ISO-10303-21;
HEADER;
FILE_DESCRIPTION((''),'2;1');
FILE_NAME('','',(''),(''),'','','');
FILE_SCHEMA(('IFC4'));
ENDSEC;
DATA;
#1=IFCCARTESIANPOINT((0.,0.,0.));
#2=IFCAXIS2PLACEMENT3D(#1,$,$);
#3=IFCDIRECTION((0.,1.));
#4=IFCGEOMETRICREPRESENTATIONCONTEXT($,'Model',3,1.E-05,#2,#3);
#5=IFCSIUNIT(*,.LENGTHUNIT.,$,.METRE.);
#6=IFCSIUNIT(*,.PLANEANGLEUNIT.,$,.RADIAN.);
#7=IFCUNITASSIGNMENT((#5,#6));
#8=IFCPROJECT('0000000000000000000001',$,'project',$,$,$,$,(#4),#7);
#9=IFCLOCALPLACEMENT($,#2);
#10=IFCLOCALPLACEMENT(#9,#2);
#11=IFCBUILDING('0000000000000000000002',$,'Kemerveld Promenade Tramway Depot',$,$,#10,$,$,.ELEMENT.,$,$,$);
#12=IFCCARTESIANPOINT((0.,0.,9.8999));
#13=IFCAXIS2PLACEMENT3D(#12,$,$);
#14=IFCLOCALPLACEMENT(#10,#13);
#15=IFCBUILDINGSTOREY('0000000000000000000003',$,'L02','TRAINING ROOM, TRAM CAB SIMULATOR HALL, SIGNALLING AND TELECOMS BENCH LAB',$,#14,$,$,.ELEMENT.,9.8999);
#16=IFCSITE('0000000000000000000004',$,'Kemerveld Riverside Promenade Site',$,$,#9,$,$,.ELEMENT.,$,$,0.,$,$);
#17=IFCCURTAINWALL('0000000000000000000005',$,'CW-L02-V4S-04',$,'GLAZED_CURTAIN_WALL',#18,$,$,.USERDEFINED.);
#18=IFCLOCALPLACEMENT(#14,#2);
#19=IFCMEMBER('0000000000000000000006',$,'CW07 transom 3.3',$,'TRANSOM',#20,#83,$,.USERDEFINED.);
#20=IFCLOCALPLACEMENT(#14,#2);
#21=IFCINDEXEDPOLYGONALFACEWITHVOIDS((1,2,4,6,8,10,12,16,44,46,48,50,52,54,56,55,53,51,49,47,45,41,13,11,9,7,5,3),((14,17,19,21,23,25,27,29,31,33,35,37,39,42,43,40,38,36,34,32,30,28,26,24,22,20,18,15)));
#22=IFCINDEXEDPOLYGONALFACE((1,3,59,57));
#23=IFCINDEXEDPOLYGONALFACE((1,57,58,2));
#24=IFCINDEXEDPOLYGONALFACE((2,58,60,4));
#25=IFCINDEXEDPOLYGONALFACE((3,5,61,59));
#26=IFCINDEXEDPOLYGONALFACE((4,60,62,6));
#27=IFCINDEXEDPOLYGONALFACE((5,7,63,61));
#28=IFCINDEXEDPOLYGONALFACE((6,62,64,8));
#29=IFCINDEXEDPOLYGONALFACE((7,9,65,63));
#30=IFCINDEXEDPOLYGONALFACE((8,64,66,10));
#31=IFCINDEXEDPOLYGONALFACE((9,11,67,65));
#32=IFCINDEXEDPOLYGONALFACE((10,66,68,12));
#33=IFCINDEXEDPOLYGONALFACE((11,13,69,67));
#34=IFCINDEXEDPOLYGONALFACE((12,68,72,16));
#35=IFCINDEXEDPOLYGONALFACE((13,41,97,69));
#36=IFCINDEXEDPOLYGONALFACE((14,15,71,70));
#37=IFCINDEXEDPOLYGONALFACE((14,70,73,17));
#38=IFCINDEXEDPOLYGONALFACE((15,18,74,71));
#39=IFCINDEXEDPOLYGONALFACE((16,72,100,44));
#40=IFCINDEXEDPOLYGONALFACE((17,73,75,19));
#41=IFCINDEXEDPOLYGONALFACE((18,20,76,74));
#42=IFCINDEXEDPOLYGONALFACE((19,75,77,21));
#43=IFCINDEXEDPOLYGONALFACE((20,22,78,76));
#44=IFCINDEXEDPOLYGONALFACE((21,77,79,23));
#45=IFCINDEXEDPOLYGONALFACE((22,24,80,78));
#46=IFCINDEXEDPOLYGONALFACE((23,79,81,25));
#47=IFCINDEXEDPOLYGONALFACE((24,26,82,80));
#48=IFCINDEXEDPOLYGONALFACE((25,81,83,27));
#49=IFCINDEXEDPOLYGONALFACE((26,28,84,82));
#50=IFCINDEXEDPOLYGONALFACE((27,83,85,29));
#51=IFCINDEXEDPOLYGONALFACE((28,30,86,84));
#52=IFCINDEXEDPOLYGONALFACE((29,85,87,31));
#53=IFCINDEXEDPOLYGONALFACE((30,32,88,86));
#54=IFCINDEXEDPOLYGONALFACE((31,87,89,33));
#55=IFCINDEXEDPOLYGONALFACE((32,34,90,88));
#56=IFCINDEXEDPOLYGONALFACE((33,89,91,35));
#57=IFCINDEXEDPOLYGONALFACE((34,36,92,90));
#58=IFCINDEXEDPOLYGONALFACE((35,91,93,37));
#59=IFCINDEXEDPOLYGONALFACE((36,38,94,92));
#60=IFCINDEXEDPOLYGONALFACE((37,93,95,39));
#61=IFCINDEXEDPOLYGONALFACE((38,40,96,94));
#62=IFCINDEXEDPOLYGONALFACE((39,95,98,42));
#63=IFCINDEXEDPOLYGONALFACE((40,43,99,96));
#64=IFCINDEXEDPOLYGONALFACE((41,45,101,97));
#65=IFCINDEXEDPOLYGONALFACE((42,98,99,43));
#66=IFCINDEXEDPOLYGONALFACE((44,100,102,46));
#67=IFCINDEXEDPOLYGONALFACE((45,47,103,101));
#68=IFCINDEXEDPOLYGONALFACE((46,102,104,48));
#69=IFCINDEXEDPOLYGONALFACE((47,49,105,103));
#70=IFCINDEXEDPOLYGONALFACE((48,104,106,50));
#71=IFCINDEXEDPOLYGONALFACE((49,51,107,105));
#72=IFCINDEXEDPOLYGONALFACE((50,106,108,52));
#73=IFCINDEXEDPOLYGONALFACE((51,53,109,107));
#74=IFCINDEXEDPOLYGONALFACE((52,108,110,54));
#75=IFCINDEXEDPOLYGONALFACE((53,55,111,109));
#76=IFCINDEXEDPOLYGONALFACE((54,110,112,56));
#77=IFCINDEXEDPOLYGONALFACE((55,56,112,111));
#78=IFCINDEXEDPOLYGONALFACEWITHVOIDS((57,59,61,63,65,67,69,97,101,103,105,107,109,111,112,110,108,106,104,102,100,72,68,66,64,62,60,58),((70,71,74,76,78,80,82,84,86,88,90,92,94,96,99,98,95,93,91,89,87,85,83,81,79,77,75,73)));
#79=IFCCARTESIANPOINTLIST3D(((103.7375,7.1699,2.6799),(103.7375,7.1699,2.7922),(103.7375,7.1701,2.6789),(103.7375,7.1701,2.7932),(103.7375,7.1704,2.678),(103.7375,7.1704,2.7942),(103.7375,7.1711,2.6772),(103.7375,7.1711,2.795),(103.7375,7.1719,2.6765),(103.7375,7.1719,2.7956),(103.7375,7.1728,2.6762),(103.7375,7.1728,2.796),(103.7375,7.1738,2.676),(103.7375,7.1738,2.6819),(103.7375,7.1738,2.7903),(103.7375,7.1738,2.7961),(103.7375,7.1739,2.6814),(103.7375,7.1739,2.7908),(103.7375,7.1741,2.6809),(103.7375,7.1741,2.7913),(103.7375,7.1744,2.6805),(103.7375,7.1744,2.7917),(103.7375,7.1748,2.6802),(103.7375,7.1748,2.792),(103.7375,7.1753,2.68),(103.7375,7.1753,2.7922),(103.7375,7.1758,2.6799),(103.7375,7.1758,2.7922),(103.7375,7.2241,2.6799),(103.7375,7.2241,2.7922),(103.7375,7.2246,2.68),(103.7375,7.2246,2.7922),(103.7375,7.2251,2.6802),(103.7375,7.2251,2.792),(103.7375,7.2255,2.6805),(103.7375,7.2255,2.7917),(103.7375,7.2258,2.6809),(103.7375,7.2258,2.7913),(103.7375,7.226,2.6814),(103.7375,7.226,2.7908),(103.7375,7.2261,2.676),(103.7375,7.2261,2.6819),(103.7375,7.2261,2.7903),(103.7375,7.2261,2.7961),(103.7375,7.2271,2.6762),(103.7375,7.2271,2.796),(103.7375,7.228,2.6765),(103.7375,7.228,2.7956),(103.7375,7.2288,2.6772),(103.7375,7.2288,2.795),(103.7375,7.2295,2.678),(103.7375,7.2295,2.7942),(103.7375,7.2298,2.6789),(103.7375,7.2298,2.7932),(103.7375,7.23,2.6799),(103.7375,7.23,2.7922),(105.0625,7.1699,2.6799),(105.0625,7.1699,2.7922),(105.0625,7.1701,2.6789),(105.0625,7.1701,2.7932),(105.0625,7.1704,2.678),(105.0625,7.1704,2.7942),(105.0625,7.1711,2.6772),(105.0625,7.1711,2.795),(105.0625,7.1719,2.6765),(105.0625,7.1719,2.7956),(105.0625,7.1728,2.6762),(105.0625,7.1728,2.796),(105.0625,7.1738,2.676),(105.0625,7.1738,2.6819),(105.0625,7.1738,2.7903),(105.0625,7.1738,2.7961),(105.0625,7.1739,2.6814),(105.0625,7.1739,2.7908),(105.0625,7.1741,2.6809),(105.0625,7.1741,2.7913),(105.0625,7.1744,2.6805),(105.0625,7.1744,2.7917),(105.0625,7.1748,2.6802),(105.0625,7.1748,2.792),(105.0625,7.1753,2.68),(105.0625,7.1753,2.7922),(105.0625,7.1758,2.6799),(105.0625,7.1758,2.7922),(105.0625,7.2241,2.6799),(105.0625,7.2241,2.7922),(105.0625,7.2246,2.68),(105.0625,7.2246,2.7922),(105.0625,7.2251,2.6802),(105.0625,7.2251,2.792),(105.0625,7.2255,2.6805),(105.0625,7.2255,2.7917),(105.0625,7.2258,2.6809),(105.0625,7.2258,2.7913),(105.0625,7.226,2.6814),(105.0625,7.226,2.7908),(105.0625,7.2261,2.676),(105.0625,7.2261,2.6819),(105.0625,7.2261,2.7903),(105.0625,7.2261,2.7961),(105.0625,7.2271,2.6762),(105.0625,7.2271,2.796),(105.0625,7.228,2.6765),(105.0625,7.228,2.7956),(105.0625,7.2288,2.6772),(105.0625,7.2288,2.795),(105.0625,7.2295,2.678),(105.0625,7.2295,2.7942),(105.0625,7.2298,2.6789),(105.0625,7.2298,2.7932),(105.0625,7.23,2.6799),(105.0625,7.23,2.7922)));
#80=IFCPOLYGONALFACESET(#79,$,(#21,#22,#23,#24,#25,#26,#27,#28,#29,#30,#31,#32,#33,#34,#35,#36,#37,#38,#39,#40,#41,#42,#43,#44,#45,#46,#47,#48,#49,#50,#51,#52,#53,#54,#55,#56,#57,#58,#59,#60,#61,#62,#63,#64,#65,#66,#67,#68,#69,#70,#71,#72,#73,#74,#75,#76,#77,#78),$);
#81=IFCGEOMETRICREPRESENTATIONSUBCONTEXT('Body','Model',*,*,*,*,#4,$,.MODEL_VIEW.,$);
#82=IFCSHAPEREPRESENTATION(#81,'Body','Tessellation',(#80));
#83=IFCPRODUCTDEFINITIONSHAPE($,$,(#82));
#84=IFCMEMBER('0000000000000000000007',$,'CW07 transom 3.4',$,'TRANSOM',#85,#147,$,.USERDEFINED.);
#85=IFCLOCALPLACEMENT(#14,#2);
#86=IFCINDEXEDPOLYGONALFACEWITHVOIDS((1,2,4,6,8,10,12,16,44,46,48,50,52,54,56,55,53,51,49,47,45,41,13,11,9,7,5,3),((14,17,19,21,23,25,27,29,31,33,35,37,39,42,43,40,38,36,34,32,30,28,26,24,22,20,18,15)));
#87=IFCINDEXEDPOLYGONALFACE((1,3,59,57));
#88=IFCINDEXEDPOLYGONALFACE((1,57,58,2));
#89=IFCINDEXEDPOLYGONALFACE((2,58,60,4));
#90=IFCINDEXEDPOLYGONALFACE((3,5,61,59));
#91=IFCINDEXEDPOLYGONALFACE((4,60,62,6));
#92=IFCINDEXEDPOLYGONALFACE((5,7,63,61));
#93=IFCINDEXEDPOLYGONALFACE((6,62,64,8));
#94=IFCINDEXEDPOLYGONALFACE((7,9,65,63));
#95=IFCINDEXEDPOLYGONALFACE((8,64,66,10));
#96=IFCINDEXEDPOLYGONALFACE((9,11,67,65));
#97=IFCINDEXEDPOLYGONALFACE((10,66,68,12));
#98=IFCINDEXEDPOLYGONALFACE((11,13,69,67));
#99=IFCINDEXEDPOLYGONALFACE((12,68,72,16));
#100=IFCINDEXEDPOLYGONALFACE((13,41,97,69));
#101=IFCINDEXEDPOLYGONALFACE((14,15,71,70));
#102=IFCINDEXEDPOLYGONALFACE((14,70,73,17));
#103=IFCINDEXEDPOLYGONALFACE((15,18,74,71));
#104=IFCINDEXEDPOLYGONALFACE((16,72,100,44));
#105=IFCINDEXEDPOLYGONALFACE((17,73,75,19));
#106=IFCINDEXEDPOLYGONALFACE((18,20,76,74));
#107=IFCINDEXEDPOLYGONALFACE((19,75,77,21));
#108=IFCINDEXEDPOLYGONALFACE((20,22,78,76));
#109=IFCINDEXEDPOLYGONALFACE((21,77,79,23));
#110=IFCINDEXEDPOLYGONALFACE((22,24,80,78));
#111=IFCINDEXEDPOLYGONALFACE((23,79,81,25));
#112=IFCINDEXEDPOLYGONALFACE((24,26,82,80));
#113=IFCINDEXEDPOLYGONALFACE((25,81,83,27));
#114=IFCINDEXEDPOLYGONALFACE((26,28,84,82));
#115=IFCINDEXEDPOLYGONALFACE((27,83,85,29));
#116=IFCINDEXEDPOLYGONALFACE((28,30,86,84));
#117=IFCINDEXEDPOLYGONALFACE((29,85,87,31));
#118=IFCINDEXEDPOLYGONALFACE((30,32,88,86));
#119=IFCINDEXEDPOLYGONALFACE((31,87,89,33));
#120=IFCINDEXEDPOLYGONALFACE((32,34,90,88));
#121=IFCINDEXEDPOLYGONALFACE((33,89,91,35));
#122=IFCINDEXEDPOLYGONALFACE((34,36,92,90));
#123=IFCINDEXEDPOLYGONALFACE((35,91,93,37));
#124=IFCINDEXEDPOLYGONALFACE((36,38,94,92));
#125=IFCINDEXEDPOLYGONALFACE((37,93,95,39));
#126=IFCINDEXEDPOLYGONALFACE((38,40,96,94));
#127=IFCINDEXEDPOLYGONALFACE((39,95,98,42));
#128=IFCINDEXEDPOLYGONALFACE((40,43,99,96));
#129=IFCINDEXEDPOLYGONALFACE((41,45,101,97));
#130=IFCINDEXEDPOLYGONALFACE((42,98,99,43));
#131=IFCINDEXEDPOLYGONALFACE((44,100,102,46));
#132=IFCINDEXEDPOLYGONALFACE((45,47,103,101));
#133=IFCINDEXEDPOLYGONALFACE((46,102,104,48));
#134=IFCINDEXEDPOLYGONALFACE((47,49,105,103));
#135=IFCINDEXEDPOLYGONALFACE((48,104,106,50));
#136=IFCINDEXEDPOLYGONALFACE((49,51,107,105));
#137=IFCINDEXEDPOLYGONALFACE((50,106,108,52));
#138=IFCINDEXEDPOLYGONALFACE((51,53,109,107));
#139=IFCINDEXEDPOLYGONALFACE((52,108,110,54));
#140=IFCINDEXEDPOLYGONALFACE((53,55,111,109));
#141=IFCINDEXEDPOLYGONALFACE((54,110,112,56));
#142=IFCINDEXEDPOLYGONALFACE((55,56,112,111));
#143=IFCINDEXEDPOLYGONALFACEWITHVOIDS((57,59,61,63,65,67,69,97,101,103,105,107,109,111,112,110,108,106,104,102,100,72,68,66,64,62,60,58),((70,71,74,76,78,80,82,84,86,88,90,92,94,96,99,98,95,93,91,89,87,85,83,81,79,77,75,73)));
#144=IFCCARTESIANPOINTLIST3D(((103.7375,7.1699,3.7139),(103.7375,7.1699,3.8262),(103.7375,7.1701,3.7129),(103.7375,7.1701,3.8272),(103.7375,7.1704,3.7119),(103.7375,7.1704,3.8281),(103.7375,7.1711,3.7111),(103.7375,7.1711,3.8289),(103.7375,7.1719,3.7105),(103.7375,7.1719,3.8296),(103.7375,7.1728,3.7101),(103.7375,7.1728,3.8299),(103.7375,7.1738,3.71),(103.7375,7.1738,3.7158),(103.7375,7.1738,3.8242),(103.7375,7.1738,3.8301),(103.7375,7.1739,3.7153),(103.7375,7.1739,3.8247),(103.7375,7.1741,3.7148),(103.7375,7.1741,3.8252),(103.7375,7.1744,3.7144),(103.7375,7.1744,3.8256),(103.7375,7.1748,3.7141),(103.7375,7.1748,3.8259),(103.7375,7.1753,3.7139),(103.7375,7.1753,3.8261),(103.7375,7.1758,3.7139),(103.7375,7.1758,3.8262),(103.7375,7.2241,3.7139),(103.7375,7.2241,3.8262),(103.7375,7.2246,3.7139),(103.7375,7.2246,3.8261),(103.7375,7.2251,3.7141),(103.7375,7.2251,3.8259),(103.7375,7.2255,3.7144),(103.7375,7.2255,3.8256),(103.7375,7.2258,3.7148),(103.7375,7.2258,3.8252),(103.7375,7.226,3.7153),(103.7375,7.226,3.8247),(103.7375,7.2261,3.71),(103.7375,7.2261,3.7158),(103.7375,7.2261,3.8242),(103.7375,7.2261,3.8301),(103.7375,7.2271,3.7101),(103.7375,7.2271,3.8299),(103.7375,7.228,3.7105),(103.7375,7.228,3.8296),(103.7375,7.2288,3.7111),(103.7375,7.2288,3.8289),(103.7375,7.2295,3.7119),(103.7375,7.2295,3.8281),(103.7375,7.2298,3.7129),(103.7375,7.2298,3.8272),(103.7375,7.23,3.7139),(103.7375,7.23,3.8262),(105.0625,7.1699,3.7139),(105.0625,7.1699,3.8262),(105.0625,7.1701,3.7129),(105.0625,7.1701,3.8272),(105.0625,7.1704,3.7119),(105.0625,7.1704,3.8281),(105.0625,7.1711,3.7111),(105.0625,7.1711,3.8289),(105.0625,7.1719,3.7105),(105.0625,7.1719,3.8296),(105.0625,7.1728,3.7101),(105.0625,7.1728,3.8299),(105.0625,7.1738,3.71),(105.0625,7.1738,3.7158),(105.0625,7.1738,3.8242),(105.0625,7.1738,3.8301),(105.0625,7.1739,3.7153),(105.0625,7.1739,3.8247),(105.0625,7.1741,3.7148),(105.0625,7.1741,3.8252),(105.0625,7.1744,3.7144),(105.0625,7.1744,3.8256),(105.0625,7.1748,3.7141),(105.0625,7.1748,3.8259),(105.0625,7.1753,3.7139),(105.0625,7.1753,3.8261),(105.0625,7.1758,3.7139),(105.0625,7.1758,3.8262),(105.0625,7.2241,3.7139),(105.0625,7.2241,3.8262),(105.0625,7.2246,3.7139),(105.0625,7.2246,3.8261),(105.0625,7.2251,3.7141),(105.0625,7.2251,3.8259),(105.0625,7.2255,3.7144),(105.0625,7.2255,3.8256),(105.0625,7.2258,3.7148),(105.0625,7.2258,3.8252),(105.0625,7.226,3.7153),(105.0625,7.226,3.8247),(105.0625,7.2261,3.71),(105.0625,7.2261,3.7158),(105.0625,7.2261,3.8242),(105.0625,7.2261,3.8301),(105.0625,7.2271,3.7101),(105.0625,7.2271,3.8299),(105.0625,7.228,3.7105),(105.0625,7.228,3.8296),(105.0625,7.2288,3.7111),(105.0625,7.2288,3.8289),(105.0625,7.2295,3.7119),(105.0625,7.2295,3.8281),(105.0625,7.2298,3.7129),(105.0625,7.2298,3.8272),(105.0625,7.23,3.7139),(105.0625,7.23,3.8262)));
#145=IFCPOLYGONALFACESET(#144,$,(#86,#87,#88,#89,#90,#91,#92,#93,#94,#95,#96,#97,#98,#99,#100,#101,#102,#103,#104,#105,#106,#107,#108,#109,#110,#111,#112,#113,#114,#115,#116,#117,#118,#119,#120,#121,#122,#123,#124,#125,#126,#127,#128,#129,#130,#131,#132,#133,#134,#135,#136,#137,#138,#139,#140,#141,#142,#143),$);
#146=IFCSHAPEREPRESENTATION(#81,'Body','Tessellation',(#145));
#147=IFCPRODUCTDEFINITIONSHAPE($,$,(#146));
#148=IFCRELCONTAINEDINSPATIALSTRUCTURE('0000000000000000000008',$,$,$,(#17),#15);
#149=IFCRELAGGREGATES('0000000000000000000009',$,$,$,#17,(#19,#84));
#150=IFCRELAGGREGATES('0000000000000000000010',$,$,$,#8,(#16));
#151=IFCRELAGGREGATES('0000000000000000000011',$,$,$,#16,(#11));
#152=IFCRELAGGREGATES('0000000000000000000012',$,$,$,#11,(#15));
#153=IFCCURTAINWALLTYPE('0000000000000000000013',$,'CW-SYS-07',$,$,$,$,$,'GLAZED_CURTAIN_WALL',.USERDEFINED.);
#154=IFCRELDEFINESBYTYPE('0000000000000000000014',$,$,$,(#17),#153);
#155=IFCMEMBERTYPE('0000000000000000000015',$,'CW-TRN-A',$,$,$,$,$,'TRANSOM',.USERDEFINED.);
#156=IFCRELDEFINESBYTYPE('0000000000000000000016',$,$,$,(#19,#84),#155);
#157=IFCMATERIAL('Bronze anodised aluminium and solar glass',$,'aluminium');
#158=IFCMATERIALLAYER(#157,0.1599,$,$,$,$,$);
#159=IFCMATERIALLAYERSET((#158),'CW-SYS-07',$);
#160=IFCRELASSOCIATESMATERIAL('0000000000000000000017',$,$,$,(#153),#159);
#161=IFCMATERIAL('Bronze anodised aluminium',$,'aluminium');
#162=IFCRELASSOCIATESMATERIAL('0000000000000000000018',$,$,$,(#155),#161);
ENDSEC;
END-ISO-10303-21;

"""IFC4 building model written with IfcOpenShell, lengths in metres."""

from ifc_helpers import new_model, si_unit, direction, frame, origin, origin_2d, place, context, subcontext, project, spatial, hollow_rectangle, extrude, material, layer, layer_set, material_profile, profile_set, type_object, element, aggregate, save


model = new_model("IFC4")

# Units and contexts
model_context = context("Model", 3, precision=1e-05, world=origin(), true_north=direction((0.0, 1.0)))
body_context = subcontext(model_context, "Body", "Model", "MODEL_VIEW")
ifc_project = project(units=[si_unit("LENGTHUNIT", "METRE"), si_unit("PLANEANGLEUNIT", "RADIAN")], contexts=[model_context])

# Site, building, storey
site_placement = place(None, origin())
site = spatial("IfcSite", under=ifc_project, at=site_placement, Name="Kemerveld Riverside Promenade Site", CompositionType="ELEMENT", RefElevation=0.0)
building_placement = place(site_placement, origin())
building = spatial("IfcBuilding", under=site, at=building_placement, Name="Kemerveld Promenade Tramway Depot", CompositionType="ELEMENT")
storey_placement = place(building_placement, frame((0.0, 0.0, 9.8999)))
storey = spatial("IfcBuildingStorey", under=building, at=storey_placement, Name="L02", Description="TRAINING ROOM, TRAM CAB SIMULATOR HALL, SIGNALLING AND TELECOMS BENCH LAB", CompositionType="ELEMENT", Elevation=9.8999)

# Curtain wall, members
ifc_material_1 = material(Name="Bronze anodised aluminium and solar glass", Category="aluminium")
ifc_layer_1 = layer(ifc_material_1, 0.1599)
ifc_layer_set_1 = layer_set([ifc_layer_1], Name="CW-SYS-07")
curtain_wall_type = type_object("IfcCurtainWallType", Name="CW-SYS-07", ElementType="GLAZED_CURTAIN_WALL", PredefinedType="USERDEFINED", material=ifc_layer_set_1)
curtain_wall_placement = place(storey_placement, origin())
curtain_wall = element("IfcCurtainWall", 1, at=curtain_wall_placement, inside=storey, type_object=curtain_wall_type, Name="CW-L02-V4S-04", ObjectType="GLAZED_CURTAIN_WALL", PredefinedType="USERDEFINED")
ifc_material_2 = material(Name="Bronze anodised aluminium", Category="aluminium")
ifc_material_profile_1 = material_profile(ifc_material_2, hollow_rectangle(XDim=0.0601, YDim=0.1201, WallThickness=0.0039, InnerFilletRadius=0.002, OuterFilletRadius=0.0039, at=origin_2d()), Name="CW-TRN-120x60")
ifc_profile_set_1 = profile_set([ifc_material_profile_1], Name="Bronze anodised aluminium")
member_type_1 = type_object("IfcMemberType", Name="CW-TRN-A", ElementType="TRANSOM", PredefinedType="USERDEFINED", material=ifc_profile_set_1)
member_1_placement = place(storey_placement, frame((105.0625, 7.2, 2.7361), z_axis=(-1.0, 0.0, 0.0), x_axis=(0.0, -1.0, 0.0)))
member_1 = element("IfcMember", 2, at=member_1_placement, type_object=member_type_1, Name="CW07 transom 3.3", ObjectType="TRANSOM", PredefinedType="USERDEFINED", context=body_context, shape_type="SweptSolid", body=[
    extrude(hollow_rectangle(XDim=0.0601, YDim=0.1201, WallThickness=0.0039, InnerFilletRadius=0.002, OuterFilletRadius=0.0039, at=origin_2d()), origin(), (0.0, 0.0, 1.0), 1.325),
])
member_2_placement = place(storey_placement, frame((105.0625, 7.2, 3.77), z_axis=(-1.0, 0.0, 0.0), x_axis=(0.0, -1.0, 0.0)))
member_2 = element("IfcMember", 3, at=member_2_placement, type_object=member_type_1, Name="CW07 transom 3.4", ObjectType="TRANSOM", PredefinedType="USERDEFINED", context=body_context, shape_type="SweptSolid", body=[
    extrude(hollow_rectangle(XDim=0.0601, YDim=0.1201, WallThickness=0.0039, InnerFilletRadius=0.002, OuterFilletRadius=0.0039, at=origin_2d()), origin(), (0.0, 0.0, 1.0), 1.325),
])
aggregate(curtain_wall, [member_1, member_2])

save(model, "model.ifc")
